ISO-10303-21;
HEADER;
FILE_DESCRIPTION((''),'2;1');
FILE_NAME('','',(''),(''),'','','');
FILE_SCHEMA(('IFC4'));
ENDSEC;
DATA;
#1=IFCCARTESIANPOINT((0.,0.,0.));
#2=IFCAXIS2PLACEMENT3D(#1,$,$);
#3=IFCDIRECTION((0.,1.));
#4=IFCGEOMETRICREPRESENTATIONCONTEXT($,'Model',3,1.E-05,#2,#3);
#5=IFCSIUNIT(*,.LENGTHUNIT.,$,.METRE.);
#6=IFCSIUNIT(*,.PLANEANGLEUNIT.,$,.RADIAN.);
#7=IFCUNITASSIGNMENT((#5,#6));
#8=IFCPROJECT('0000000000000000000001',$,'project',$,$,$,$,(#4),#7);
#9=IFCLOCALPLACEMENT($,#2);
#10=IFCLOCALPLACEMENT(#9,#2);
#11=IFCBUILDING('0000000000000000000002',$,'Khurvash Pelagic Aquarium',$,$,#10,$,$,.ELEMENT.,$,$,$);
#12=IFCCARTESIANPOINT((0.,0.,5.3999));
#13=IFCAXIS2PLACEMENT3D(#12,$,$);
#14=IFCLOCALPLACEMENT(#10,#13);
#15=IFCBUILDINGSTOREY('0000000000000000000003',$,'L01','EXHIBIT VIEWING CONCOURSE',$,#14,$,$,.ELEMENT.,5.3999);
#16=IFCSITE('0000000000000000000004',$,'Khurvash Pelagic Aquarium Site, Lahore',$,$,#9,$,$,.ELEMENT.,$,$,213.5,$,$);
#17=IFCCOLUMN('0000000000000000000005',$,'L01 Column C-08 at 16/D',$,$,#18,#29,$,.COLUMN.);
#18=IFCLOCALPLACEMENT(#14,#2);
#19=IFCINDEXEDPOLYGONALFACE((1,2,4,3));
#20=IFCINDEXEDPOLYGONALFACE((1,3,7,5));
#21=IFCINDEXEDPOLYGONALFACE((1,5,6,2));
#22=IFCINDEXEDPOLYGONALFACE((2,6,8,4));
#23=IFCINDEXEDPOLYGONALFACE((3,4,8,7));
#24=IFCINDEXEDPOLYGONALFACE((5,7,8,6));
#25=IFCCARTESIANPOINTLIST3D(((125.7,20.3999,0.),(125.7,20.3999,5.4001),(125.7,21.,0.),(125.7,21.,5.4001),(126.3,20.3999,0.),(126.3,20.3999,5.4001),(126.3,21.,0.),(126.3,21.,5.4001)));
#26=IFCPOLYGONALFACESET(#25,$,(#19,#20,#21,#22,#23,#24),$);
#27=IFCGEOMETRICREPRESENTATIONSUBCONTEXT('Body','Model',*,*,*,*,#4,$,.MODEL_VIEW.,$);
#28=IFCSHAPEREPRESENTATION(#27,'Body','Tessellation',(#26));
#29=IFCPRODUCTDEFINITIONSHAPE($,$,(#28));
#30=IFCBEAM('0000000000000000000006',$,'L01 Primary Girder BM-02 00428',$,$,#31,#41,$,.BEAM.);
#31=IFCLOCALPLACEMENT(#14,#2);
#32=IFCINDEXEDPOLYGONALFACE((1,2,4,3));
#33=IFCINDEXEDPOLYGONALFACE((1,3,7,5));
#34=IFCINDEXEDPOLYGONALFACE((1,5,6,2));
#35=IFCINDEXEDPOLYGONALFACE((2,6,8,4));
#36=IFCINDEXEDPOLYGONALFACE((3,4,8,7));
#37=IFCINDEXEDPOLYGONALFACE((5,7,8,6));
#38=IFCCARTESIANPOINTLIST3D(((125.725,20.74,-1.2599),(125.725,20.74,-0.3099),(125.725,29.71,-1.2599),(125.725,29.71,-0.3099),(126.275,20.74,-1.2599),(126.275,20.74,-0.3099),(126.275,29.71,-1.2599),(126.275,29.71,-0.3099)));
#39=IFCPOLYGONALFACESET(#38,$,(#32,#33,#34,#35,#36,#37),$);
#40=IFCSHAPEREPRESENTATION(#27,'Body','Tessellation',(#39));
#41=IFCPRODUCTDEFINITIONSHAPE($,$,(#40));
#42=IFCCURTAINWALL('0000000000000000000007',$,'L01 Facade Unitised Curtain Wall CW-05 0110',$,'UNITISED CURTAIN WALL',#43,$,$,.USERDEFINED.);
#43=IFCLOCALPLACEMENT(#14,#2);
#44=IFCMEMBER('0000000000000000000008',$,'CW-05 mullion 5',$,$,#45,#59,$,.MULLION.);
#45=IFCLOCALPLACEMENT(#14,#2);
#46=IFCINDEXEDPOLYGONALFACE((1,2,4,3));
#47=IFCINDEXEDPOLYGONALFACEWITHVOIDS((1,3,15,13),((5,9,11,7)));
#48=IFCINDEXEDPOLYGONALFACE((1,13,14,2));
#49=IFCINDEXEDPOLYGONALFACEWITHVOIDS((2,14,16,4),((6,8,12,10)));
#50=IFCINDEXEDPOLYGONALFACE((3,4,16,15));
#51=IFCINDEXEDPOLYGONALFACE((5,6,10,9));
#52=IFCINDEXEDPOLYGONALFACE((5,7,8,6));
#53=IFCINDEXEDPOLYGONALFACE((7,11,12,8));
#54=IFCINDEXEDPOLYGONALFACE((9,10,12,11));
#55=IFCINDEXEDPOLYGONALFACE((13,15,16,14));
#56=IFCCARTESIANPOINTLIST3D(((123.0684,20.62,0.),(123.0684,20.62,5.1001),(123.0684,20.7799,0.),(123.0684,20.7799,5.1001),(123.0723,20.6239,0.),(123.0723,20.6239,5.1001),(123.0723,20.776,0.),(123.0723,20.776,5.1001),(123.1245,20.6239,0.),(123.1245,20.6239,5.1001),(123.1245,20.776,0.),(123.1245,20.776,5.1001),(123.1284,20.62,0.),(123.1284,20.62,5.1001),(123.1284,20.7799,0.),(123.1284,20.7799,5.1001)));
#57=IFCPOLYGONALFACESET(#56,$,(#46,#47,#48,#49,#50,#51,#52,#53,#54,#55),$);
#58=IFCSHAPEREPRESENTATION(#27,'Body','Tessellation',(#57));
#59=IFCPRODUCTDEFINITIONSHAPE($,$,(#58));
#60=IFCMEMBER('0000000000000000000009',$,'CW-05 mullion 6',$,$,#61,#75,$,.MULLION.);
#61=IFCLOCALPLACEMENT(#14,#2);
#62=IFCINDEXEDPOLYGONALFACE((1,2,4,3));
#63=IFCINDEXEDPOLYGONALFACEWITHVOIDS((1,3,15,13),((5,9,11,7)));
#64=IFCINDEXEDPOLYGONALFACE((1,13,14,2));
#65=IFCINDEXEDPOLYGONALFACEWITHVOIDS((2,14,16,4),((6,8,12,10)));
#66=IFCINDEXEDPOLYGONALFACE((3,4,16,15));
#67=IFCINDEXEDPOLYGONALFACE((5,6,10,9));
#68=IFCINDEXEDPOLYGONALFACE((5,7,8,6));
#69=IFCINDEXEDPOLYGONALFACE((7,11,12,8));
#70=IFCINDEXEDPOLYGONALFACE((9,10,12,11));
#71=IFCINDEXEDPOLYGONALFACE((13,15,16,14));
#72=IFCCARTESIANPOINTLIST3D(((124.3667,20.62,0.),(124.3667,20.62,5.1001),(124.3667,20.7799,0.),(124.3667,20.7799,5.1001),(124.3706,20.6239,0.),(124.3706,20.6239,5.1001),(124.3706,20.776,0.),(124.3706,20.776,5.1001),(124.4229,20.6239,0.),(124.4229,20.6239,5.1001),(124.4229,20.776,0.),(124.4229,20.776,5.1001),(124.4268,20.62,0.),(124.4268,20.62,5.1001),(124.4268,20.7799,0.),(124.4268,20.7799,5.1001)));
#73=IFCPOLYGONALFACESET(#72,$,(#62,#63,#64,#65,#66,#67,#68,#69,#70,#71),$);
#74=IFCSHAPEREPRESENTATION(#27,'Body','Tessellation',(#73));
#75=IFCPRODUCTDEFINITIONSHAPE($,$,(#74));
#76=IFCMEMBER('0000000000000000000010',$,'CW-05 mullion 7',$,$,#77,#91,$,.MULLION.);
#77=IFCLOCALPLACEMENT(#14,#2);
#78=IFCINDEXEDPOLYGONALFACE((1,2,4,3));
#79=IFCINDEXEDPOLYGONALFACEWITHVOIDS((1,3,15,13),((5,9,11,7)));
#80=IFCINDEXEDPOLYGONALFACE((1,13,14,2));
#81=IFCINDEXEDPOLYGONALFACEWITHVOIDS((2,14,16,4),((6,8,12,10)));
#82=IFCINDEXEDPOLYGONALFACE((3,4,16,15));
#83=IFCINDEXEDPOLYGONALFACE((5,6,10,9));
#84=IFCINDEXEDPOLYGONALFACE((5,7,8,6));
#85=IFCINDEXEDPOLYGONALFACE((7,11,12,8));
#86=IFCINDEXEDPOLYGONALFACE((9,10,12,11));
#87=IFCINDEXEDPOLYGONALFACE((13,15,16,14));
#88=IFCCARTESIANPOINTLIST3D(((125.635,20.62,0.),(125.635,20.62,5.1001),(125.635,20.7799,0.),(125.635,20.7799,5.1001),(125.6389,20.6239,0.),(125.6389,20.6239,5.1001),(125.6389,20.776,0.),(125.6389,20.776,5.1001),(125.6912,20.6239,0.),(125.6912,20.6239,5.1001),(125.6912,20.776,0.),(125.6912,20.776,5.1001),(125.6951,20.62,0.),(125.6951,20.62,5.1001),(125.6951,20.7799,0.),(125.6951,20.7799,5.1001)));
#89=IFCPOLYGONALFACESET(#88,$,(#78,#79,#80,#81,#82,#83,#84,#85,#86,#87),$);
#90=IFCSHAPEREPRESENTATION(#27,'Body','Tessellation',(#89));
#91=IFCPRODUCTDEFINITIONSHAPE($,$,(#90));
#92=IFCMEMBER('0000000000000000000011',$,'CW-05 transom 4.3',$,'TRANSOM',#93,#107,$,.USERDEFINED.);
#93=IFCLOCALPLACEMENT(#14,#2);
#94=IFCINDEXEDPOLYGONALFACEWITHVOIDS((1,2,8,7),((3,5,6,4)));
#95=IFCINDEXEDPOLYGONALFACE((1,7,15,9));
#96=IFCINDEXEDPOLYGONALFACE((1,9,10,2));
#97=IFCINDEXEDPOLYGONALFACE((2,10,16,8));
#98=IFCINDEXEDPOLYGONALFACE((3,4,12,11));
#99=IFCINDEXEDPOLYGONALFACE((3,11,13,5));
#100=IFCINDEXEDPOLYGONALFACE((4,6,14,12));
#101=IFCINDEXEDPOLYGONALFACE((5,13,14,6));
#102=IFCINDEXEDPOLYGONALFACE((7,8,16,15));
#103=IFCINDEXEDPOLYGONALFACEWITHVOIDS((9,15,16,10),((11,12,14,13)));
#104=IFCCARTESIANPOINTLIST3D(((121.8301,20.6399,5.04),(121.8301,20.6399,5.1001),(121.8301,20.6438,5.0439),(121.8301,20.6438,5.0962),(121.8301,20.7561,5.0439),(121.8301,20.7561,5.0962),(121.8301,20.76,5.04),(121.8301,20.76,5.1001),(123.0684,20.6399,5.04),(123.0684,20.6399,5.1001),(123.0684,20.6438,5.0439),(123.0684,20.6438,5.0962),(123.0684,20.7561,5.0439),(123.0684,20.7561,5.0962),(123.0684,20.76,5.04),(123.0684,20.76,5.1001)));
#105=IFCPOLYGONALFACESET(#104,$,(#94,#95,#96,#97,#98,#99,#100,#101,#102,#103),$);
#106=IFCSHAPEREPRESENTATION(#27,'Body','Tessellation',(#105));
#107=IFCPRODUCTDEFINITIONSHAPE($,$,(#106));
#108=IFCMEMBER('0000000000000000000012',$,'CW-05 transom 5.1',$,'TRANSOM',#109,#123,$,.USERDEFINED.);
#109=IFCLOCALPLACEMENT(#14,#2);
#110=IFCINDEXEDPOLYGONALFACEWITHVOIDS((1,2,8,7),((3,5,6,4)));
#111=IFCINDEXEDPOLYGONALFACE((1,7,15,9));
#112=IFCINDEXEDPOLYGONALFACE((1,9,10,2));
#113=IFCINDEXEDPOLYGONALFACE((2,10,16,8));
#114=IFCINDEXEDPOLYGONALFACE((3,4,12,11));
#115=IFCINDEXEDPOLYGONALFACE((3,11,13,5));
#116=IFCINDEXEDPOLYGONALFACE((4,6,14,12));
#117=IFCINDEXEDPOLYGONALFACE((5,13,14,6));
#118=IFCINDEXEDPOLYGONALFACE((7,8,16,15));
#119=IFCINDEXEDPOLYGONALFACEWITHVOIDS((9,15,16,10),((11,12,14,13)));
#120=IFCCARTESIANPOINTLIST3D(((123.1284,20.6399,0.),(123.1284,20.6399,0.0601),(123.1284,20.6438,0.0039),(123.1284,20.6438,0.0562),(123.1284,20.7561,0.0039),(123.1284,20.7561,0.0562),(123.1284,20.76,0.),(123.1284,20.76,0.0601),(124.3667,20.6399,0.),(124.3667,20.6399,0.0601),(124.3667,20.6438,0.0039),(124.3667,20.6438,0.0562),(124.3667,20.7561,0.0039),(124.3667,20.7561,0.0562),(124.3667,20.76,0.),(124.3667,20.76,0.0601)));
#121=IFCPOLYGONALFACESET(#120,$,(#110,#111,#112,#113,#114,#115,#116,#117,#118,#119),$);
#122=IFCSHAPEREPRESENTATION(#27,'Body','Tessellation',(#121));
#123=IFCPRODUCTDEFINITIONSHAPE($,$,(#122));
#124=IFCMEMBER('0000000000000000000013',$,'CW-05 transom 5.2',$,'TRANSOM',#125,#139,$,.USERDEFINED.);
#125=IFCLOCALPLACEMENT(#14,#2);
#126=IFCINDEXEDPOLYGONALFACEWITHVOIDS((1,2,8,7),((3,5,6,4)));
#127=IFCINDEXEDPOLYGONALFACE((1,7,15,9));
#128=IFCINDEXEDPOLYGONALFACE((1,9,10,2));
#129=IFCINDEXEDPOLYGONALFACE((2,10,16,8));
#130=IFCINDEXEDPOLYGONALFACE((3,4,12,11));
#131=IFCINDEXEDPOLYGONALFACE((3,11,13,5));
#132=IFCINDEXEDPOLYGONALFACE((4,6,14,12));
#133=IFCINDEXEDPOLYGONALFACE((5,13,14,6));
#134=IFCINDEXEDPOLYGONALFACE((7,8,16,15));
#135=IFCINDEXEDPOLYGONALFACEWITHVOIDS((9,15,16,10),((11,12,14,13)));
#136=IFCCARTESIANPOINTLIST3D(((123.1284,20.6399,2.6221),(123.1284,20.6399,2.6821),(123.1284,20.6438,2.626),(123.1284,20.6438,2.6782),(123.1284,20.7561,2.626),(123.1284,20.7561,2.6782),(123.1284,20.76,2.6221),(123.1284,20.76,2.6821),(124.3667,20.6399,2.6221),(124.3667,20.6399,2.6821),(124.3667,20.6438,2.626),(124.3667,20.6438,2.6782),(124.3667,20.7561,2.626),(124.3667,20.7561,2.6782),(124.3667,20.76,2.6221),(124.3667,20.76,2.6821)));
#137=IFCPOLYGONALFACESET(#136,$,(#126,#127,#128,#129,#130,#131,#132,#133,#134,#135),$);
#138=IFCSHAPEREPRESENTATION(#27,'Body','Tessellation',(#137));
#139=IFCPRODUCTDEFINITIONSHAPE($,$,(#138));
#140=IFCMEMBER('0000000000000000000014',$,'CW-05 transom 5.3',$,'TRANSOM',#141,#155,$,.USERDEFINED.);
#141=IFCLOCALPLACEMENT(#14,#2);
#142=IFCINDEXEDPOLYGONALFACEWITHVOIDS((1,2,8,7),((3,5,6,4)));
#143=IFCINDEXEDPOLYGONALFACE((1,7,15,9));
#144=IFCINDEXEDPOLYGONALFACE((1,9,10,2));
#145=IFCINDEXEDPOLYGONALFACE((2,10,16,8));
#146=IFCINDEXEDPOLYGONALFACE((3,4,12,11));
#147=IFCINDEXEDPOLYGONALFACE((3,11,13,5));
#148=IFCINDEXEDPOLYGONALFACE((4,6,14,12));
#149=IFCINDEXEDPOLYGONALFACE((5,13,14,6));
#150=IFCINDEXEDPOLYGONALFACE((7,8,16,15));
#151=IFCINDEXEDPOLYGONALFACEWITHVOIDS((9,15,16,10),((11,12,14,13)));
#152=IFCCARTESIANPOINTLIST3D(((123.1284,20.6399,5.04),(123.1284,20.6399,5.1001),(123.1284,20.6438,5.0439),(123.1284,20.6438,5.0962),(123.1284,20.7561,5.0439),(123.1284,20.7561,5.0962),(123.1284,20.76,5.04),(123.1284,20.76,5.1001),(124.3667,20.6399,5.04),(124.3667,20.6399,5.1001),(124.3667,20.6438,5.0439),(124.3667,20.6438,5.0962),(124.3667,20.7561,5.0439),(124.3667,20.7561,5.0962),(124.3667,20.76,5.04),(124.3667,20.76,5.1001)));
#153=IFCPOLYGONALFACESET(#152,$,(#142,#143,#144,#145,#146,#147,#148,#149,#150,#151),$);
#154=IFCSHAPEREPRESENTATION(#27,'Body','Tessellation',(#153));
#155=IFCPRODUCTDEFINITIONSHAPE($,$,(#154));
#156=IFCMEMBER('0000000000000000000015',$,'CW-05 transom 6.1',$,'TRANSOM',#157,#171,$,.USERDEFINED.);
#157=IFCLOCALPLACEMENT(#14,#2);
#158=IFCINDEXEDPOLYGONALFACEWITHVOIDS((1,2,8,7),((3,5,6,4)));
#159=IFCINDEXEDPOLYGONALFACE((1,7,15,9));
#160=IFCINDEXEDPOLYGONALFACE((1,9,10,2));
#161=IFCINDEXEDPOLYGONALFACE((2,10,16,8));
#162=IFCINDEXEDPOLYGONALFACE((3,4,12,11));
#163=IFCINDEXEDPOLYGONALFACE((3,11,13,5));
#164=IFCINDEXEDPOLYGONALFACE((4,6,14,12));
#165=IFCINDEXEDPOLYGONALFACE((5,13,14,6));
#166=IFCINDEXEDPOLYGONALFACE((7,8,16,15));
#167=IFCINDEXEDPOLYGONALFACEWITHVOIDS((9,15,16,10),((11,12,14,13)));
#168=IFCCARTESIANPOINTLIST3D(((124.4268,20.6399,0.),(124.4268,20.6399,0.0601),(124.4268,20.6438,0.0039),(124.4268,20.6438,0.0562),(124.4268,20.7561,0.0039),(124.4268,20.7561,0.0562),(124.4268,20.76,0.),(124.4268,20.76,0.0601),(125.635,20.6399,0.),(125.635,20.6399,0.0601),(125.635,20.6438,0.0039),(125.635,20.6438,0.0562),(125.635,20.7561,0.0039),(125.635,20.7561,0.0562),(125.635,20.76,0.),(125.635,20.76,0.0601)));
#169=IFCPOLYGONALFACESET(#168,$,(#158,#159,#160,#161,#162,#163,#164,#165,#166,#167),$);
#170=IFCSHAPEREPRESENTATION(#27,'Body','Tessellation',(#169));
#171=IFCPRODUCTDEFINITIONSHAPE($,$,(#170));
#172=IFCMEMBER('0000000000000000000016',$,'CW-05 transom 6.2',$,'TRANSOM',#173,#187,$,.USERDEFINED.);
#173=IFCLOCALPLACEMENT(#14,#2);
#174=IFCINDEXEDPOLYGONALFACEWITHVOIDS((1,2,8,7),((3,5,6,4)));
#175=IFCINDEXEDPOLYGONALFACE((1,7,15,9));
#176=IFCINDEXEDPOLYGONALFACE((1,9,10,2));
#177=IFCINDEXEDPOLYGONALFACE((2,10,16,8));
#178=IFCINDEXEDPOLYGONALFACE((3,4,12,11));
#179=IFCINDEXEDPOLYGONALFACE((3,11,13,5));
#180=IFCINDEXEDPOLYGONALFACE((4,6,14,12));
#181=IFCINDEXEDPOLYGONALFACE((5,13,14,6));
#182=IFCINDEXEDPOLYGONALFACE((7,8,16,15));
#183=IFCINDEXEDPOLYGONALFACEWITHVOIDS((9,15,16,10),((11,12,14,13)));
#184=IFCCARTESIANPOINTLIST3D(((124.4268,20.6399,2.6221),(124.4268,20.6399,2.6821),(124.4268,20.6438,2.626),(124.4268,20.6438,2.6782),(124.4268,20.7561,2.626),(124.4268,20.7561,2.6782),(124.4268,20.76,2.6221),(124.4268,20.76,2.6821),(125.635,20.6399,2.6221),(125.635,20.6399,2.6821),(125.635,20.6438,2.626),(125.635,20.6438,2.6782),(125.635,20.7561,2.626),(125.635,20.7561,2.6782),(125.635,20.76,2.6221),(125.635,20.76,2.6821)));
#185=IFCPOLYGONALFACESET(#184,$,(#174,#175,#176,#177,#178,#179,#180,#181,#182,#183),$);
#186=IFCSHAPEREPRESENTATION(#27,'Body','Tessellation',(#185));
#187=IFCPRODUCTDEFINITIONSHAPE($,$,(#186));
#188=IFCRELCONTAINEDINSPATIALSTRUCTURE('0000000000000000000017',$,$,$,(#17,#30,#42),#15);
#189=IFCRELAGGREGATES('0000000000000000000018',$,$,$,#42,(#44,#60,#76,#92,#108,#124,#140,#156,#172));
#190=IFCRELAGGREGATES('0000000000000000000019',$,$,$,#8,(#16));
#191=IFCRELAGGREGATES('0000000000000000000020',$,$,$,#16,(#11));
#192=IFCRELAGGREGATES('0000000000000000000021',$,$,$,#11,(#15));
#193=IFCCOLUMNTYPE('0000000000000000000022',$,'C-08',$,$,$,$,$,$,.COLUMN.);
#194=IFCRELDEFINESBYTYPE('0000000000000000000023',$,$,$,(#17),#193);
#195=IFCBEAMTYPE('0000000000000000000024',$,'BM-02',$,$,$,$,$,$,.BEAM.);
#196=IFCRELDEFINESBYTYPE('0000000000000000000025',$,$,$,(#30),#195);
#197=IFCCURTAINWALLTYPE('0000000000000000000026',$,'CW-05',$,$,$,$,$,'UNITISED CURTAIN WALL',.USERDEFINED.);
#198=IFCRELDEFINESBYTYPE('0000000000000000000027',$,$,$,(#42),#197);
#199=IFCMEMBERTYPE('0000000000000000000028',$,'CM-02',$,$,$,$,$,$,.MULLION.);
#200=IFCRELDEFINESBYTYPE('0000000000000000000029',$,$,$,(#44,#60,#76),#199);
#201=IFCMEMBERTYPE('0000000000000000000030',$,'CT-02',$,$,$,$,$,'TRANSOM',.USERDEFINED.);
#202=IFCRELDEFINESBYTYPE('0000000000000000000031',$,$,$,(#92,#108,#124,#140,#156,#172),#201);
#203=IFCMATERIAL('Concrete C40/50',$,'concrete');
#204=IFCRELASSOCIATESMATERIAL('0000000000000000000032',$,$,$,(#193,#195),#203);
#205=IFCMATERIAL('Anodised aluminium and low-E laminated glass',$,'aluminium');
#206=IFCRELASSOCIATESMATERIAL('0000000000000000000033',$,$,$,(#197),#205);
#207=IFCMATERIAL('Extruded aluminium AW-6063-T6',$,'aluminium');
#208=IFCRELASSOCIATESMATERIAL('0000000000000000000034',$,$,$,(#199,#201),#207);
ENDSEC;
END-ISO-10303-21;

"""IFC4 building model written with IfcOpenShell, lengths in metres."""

from ifc_helpers import new_model, si_unit, direction, frame, origin, origin_2d, place, context, subcontext, project, spatial, rectangle, hollow_rectangle, extrude, material, material_profile, profile_set, type_object, element, aggregate, save


model = new_model("IFC4")

# Units and contexts
model_context = context("Model", 3, precision=1e-05, world=origin(), true_north=direction((0.0, 1.0)))
body_context = subcontext(model_context, "Body", "Model", "MODEL_VIEW")
ifc_project = project(units=[si_unit("LENGTHUNIT", "METRE"), si_unit("PLANEANGLEUNIT", "RADIAN")], contexts=[model_context])

# Site, building, storey
site_placement = place(None, origin())
site = spatial("IfcSite", under=ifc_project, at=site_placement, Name="Khurvash Pelagic Aquarium Site, Lahore", CompositionType="ELEMENT", RefElevation=213.5)
building_placement = place(site_placement, origin())
building = spatial("IfcBuilding", under=site, at=building_placement, Name="Khurvash Pelagic Aquarium", CompositionType="ELEMENT")
storey_placement = place(building_placement, frame((0.0, 0.0, 5.3999)))
storey = spatial("IfcBuildingStorey", under=building, at=storey_placement, Name="L01", Description="EXHIBIT VIEWING CONCOURSE", CompositionType="ELEMENT", Elevation=5.3999)

# Column
ifc_material_1 = material(Name="Concrete C40/50", Category="concrete")
ifc_material_profile_1 = material_profile(ifc_material_1, rectangle(XDim=0.6001, YDim=0.6001, at=origin_2d()), Name="RC600X600")
ifc_profile_set_1 = profile_set([ifc_material_profile_1], Name="Concrete C40/50")
column_type = type_object("IfcColumnType", Name="C-08", PredefinedType="COLUMN", material=ifc_profile_set_1)
column_placement = place(storey_placement, frame((126.0, 20.7, 0.0), z_axis=(0.0, 0.0, 1.0), x_axis=(1.0, 0.0, 0.0)))
element("IfcColumn", 1, at=column_placement, inside=storey, type_object=column_type, Name="L01 Column C-08 at 16/D", PredefinedType="COLUMN", context=body_context, shape_type="SweptSolid", body=[
    extrude(rectangle(XDim=0.6001, YDim=0.6001, at=origin_2d()), origin(), (0.0, 0.0, 1.0), 5.4001),
])

# Beam
ifc_material_profile_2 = material_profile(ifc_material_1, rectangle(XDim=0.55, YDim=0.95, at=origin_2d()), Name="RC550X950")
ifc_profile_set_2 = profile_set([ifc_material_profile_2], Name="Concrete C40/50")
beam_type_1 = type_object("IfcBeamType", Name="BM-02", PredefinedType="BEAM", material=ifc_profile_set_2)
beam_1_placement = place(storey_placement, frame((126.0, 20.74, -0.7849), z_axis=(0.0, 1.0, 0.0), x_axis=(-1.0, 0.0, 0.0)))
element("IfcBeam", 2, at=beam_1_placement, inside=storey, type_object=beam_type_1, Name="L01 Primary Girder BM-02 00428", PredefinedType="BEAM", context=body_context, shape_type="SweptSolid", body=[
    extrude(rectangle(XDim=0.55, YDim=0.95, at=origin_2d()), origin(), (0.0, 0.0, 1.0), 8.97),
])

# Curtain wall, members
ifc_material_2 = material(Name="Anodised aluminium and low-E laminated glass", Category="aluminium")
curtain_wall_type = type_object("IfcCurtainWallType", Name="CW-05", ElementType="UNITISED CURTAIN WALL", PredefinedType="USERDEFINED", material=ifc_material_2)
curtain_wall_placement = place(storey_placement, origin())
curtain_wall = element("IfcCurtainWall", 3, at=curtain_wall_placement, inside=storey, type_object=curtain_wall_type, Name="L01 Facade Unitised Curtain Wall CW-05 0110", ObjectType="UNITISED CURTAIN WALL", PredefinedType="USERDEFINED")
ifc_material_3 = material(Name="Extruded aluminium AW-6063-T6", Category="aluminium")
ifc_material_profile_3 = material_profile(ifc_material_3, hollow_rectangle(XDim=0.0601, YDim=0.1599, WallThickness=0.0039, at=origin_2d()), Name="CWM60X160X4")
ifc_profile_set_3 = profile_set([ifc_material_profile_3], Name="Extruded aluminium AW-6063-T6")
member_type_1 = type_object("IfcMemberType", Name="CM-02", PredefinedType="MULLION", material=ifc_profile_set_3)
member_1_placement = place(storey_placement, frame((123.0984, 20.7, 0.0), z_axis=(0.0, 0.0, 1.0), x_axis=(1.0, 0.0, 0.0)))
member_1 = element("IfcMember", 4, at=member_1_placement, type_object=member_type_1, Name="CW-05 mullion 5", PredefinedType="MULLION", context=body_context, shape_type="SweptSolid", body=[
    extrude(hollow_rectangle(XDim=0.0601, YDim=0.1599, WallThickness=0.0039, at=origin_2d()), origin(), (0.0, 0.0, 1.0), 5.1001),
])
member_2_placement = place(storey_placement, frame((124.3967, 20.7, 0.0), z_axis=(0.0, 0.0, 1.0), x_axis=(1.0, 0.0, 0.0)))
member_2 = element("IfcMember", 5, at=member_2_placement, type_object=member_type_1, Name="CW-05 mullion 6", PredefinedType="MULLION", context=body_context, shape_type="SweptSolid", body=[
    extrude(hollow_rectangle(XDim=0.0601, YDim=0.1599, WallThickness=0.0039, at=origin_2d()), origin(), (0.0, 0.0, 1.0), 5.1001),
])
member_3_placement = place(storey_placement, frame((125.665, 20.7, 0.0), z_axis=(0.0, 0.0, 1.0), x_axis=(1.0, 0.0, 0.0)))
member_3 = element("IfcMember", 6, at=member_3_placement, type_object=member_type_1, Name="CW-05 mullion 7", PredefinedType="MULLION", context=body_context, shape_type="SweptSolid", body=[
    extrude(hollow_rectangle(XDim=0.0601, YDim=0.1599, WallThickness=0.0039, at=origin_2d()), origin(), (0.0, 0.0, 1.0), 5.1001),
])
ifc_material_profile_4 = material_profile(ifc_material_3, hollow_rectangle(XDim=0.1201, YDim=0.0601, WallThickness=0.0039, at=origin_2d()), Name="CWT120X60X4")
ifc_profile_set_4 = profile_set([ifc_material_profile_4], Name="Extruded aluminium AW-6063-T6")
member_type_2 = type_object("IfcMemberType", Name="CT-02", ElementType="TRANSOM", PredefinedType="USERDEFINED", material=ifc_profile_set_4)
member_4_placement = place(storey_placement, frame((121.8301, 20.7, 5.0701), z_axis=(1.0, 0.0, 0.0), x_axis=(0.0, 1.0, 0.0)))
member_4 = element("IfcMember", 7, at=member_4_placement, type_object=member_type_2, Name="CW-05 transom 4.3", ObjectType="TRANSOM", PredefinedType="USERDEFINED", context=body_context, shape_type="SweptSolid", body=[
    extrude(hollow_rectangle(XDim=0.1201, YDim=0.0601, WallThickness=0.0039, at=origin_2d()), origin(), (0.0, 0.0, 1.0), 1.2383),
])
member_5_placement = place(storey_placement, frame((123.1284, 20.7, 0.03), z_axis=(1.0, 0.0, 0.0), x_axis=(0.0, 1.0, 0.0)))
member_5 = element("IfcMember", 8, at=member_5_placement, type_object=member_type_2, Name="CW-05 transom 5.1", ObjectType="TRANSOM", PredefinedType="USERDEFINED", context=body_context, shape_type="SweptSolid", body=[
    extrude(hollow_rectangle(XDim=0.1201, YDim=0.0601, WallThickness=0.0039, at=origin_2d()), origin(), (0.0, 0.0, 1.0), 1.2383),
])
member_6_placement = place(storey_placement, frame((123.1284, 20.7, 2.6521), z_axis=(1.0, 0.0, 0.0), x_axis=(0.0, 1.0, 0.0)))
member_6 = element("IfcMember", 9, at=member_6_placement, type_object=member_type_2, Name="CW-05 transom 5.2", ObjectType="TRANSOM", PredefinedType="USERDEFINED", context=body_context, shape_type="SweptSolid", body=[
    extrude(hollow_rectangle(XDim=0.1201, YDim=0.0601, WallThickness=0.0039, at=origin_2d()), origin(), (0.0, 0.0, 1.0), 1.2383),
])
member_7_placement = place(storey_placement, frame((123.1284, 20.7, 5.0701), z_axis=(1.0, 0.0, 0.0), x_axis=(0.0, 1.0, 0.0)))
member_7 = element("IfcMember", 10, at=member_7_placement, type_object=member_type_2, Name="CW-05 transom 5.3", ObjectType="TRANSOM", PredefinedType="USERDEFINED", context=body_context, shape_type="SweptSolid", body=[
    extrude(hollow_rectangle(XDim=0.1201, YDim=0.0601, WallThickness=0.0039, at=origin_2d()), origin(), (0.0, 0.0, 1.0), 1.2383),
])
member_8_placement = place(storey_placement, frame((124.4268, 20.7, 0.03), z_axis=(1.0, 0.0, 0.0), x_axis=(0.0, 1.0, 0.0)))
member_8 = element("IfcMember", 11, at=member_8_placement, type_object=member_type_2, Name="CW-05 transom 6.1", ObjectType="TRANSOM", PredefinedType="USERDEFINED", context=body_context, shape_type="SweptSolid", body=[
    extrude(hollow_rectangle(XDim=0.1201, YDim=0.0601, WallThickness=0.0039, at=origin_2d()), origin(), (0.0, 0.0, 1.0), 1.2083),
])
member_9_placement = place(storey_placement, frame((124.4268, 20.7, 2.6521), z_axis=(1.0, 0.0, 0.0), x_axis=(0.0, 1.0, 0.0)))
member_9 = element("IfcMember", 12, at=member_9_placement, type_object=member_type_2, Name="CW-05 transom 6.2", ObjectType="TRANSOM", PredefinedType="USERDEFINED", context=body_context, shape_type="SweptSolid", body=[
    extrude(hollow_rectangle(XDim=0.1201, YDim=0.0601, WallThickness=0.0039, at=origin_2d()), origin(), (0.0, 0.0, 1.0), 1.2083),
])

aggregate(curtain_wall, [member_1, member_2, member_3, member_4, member_5, member_6, member_7, member_8, member_9])

save(model, "model.ifc")
